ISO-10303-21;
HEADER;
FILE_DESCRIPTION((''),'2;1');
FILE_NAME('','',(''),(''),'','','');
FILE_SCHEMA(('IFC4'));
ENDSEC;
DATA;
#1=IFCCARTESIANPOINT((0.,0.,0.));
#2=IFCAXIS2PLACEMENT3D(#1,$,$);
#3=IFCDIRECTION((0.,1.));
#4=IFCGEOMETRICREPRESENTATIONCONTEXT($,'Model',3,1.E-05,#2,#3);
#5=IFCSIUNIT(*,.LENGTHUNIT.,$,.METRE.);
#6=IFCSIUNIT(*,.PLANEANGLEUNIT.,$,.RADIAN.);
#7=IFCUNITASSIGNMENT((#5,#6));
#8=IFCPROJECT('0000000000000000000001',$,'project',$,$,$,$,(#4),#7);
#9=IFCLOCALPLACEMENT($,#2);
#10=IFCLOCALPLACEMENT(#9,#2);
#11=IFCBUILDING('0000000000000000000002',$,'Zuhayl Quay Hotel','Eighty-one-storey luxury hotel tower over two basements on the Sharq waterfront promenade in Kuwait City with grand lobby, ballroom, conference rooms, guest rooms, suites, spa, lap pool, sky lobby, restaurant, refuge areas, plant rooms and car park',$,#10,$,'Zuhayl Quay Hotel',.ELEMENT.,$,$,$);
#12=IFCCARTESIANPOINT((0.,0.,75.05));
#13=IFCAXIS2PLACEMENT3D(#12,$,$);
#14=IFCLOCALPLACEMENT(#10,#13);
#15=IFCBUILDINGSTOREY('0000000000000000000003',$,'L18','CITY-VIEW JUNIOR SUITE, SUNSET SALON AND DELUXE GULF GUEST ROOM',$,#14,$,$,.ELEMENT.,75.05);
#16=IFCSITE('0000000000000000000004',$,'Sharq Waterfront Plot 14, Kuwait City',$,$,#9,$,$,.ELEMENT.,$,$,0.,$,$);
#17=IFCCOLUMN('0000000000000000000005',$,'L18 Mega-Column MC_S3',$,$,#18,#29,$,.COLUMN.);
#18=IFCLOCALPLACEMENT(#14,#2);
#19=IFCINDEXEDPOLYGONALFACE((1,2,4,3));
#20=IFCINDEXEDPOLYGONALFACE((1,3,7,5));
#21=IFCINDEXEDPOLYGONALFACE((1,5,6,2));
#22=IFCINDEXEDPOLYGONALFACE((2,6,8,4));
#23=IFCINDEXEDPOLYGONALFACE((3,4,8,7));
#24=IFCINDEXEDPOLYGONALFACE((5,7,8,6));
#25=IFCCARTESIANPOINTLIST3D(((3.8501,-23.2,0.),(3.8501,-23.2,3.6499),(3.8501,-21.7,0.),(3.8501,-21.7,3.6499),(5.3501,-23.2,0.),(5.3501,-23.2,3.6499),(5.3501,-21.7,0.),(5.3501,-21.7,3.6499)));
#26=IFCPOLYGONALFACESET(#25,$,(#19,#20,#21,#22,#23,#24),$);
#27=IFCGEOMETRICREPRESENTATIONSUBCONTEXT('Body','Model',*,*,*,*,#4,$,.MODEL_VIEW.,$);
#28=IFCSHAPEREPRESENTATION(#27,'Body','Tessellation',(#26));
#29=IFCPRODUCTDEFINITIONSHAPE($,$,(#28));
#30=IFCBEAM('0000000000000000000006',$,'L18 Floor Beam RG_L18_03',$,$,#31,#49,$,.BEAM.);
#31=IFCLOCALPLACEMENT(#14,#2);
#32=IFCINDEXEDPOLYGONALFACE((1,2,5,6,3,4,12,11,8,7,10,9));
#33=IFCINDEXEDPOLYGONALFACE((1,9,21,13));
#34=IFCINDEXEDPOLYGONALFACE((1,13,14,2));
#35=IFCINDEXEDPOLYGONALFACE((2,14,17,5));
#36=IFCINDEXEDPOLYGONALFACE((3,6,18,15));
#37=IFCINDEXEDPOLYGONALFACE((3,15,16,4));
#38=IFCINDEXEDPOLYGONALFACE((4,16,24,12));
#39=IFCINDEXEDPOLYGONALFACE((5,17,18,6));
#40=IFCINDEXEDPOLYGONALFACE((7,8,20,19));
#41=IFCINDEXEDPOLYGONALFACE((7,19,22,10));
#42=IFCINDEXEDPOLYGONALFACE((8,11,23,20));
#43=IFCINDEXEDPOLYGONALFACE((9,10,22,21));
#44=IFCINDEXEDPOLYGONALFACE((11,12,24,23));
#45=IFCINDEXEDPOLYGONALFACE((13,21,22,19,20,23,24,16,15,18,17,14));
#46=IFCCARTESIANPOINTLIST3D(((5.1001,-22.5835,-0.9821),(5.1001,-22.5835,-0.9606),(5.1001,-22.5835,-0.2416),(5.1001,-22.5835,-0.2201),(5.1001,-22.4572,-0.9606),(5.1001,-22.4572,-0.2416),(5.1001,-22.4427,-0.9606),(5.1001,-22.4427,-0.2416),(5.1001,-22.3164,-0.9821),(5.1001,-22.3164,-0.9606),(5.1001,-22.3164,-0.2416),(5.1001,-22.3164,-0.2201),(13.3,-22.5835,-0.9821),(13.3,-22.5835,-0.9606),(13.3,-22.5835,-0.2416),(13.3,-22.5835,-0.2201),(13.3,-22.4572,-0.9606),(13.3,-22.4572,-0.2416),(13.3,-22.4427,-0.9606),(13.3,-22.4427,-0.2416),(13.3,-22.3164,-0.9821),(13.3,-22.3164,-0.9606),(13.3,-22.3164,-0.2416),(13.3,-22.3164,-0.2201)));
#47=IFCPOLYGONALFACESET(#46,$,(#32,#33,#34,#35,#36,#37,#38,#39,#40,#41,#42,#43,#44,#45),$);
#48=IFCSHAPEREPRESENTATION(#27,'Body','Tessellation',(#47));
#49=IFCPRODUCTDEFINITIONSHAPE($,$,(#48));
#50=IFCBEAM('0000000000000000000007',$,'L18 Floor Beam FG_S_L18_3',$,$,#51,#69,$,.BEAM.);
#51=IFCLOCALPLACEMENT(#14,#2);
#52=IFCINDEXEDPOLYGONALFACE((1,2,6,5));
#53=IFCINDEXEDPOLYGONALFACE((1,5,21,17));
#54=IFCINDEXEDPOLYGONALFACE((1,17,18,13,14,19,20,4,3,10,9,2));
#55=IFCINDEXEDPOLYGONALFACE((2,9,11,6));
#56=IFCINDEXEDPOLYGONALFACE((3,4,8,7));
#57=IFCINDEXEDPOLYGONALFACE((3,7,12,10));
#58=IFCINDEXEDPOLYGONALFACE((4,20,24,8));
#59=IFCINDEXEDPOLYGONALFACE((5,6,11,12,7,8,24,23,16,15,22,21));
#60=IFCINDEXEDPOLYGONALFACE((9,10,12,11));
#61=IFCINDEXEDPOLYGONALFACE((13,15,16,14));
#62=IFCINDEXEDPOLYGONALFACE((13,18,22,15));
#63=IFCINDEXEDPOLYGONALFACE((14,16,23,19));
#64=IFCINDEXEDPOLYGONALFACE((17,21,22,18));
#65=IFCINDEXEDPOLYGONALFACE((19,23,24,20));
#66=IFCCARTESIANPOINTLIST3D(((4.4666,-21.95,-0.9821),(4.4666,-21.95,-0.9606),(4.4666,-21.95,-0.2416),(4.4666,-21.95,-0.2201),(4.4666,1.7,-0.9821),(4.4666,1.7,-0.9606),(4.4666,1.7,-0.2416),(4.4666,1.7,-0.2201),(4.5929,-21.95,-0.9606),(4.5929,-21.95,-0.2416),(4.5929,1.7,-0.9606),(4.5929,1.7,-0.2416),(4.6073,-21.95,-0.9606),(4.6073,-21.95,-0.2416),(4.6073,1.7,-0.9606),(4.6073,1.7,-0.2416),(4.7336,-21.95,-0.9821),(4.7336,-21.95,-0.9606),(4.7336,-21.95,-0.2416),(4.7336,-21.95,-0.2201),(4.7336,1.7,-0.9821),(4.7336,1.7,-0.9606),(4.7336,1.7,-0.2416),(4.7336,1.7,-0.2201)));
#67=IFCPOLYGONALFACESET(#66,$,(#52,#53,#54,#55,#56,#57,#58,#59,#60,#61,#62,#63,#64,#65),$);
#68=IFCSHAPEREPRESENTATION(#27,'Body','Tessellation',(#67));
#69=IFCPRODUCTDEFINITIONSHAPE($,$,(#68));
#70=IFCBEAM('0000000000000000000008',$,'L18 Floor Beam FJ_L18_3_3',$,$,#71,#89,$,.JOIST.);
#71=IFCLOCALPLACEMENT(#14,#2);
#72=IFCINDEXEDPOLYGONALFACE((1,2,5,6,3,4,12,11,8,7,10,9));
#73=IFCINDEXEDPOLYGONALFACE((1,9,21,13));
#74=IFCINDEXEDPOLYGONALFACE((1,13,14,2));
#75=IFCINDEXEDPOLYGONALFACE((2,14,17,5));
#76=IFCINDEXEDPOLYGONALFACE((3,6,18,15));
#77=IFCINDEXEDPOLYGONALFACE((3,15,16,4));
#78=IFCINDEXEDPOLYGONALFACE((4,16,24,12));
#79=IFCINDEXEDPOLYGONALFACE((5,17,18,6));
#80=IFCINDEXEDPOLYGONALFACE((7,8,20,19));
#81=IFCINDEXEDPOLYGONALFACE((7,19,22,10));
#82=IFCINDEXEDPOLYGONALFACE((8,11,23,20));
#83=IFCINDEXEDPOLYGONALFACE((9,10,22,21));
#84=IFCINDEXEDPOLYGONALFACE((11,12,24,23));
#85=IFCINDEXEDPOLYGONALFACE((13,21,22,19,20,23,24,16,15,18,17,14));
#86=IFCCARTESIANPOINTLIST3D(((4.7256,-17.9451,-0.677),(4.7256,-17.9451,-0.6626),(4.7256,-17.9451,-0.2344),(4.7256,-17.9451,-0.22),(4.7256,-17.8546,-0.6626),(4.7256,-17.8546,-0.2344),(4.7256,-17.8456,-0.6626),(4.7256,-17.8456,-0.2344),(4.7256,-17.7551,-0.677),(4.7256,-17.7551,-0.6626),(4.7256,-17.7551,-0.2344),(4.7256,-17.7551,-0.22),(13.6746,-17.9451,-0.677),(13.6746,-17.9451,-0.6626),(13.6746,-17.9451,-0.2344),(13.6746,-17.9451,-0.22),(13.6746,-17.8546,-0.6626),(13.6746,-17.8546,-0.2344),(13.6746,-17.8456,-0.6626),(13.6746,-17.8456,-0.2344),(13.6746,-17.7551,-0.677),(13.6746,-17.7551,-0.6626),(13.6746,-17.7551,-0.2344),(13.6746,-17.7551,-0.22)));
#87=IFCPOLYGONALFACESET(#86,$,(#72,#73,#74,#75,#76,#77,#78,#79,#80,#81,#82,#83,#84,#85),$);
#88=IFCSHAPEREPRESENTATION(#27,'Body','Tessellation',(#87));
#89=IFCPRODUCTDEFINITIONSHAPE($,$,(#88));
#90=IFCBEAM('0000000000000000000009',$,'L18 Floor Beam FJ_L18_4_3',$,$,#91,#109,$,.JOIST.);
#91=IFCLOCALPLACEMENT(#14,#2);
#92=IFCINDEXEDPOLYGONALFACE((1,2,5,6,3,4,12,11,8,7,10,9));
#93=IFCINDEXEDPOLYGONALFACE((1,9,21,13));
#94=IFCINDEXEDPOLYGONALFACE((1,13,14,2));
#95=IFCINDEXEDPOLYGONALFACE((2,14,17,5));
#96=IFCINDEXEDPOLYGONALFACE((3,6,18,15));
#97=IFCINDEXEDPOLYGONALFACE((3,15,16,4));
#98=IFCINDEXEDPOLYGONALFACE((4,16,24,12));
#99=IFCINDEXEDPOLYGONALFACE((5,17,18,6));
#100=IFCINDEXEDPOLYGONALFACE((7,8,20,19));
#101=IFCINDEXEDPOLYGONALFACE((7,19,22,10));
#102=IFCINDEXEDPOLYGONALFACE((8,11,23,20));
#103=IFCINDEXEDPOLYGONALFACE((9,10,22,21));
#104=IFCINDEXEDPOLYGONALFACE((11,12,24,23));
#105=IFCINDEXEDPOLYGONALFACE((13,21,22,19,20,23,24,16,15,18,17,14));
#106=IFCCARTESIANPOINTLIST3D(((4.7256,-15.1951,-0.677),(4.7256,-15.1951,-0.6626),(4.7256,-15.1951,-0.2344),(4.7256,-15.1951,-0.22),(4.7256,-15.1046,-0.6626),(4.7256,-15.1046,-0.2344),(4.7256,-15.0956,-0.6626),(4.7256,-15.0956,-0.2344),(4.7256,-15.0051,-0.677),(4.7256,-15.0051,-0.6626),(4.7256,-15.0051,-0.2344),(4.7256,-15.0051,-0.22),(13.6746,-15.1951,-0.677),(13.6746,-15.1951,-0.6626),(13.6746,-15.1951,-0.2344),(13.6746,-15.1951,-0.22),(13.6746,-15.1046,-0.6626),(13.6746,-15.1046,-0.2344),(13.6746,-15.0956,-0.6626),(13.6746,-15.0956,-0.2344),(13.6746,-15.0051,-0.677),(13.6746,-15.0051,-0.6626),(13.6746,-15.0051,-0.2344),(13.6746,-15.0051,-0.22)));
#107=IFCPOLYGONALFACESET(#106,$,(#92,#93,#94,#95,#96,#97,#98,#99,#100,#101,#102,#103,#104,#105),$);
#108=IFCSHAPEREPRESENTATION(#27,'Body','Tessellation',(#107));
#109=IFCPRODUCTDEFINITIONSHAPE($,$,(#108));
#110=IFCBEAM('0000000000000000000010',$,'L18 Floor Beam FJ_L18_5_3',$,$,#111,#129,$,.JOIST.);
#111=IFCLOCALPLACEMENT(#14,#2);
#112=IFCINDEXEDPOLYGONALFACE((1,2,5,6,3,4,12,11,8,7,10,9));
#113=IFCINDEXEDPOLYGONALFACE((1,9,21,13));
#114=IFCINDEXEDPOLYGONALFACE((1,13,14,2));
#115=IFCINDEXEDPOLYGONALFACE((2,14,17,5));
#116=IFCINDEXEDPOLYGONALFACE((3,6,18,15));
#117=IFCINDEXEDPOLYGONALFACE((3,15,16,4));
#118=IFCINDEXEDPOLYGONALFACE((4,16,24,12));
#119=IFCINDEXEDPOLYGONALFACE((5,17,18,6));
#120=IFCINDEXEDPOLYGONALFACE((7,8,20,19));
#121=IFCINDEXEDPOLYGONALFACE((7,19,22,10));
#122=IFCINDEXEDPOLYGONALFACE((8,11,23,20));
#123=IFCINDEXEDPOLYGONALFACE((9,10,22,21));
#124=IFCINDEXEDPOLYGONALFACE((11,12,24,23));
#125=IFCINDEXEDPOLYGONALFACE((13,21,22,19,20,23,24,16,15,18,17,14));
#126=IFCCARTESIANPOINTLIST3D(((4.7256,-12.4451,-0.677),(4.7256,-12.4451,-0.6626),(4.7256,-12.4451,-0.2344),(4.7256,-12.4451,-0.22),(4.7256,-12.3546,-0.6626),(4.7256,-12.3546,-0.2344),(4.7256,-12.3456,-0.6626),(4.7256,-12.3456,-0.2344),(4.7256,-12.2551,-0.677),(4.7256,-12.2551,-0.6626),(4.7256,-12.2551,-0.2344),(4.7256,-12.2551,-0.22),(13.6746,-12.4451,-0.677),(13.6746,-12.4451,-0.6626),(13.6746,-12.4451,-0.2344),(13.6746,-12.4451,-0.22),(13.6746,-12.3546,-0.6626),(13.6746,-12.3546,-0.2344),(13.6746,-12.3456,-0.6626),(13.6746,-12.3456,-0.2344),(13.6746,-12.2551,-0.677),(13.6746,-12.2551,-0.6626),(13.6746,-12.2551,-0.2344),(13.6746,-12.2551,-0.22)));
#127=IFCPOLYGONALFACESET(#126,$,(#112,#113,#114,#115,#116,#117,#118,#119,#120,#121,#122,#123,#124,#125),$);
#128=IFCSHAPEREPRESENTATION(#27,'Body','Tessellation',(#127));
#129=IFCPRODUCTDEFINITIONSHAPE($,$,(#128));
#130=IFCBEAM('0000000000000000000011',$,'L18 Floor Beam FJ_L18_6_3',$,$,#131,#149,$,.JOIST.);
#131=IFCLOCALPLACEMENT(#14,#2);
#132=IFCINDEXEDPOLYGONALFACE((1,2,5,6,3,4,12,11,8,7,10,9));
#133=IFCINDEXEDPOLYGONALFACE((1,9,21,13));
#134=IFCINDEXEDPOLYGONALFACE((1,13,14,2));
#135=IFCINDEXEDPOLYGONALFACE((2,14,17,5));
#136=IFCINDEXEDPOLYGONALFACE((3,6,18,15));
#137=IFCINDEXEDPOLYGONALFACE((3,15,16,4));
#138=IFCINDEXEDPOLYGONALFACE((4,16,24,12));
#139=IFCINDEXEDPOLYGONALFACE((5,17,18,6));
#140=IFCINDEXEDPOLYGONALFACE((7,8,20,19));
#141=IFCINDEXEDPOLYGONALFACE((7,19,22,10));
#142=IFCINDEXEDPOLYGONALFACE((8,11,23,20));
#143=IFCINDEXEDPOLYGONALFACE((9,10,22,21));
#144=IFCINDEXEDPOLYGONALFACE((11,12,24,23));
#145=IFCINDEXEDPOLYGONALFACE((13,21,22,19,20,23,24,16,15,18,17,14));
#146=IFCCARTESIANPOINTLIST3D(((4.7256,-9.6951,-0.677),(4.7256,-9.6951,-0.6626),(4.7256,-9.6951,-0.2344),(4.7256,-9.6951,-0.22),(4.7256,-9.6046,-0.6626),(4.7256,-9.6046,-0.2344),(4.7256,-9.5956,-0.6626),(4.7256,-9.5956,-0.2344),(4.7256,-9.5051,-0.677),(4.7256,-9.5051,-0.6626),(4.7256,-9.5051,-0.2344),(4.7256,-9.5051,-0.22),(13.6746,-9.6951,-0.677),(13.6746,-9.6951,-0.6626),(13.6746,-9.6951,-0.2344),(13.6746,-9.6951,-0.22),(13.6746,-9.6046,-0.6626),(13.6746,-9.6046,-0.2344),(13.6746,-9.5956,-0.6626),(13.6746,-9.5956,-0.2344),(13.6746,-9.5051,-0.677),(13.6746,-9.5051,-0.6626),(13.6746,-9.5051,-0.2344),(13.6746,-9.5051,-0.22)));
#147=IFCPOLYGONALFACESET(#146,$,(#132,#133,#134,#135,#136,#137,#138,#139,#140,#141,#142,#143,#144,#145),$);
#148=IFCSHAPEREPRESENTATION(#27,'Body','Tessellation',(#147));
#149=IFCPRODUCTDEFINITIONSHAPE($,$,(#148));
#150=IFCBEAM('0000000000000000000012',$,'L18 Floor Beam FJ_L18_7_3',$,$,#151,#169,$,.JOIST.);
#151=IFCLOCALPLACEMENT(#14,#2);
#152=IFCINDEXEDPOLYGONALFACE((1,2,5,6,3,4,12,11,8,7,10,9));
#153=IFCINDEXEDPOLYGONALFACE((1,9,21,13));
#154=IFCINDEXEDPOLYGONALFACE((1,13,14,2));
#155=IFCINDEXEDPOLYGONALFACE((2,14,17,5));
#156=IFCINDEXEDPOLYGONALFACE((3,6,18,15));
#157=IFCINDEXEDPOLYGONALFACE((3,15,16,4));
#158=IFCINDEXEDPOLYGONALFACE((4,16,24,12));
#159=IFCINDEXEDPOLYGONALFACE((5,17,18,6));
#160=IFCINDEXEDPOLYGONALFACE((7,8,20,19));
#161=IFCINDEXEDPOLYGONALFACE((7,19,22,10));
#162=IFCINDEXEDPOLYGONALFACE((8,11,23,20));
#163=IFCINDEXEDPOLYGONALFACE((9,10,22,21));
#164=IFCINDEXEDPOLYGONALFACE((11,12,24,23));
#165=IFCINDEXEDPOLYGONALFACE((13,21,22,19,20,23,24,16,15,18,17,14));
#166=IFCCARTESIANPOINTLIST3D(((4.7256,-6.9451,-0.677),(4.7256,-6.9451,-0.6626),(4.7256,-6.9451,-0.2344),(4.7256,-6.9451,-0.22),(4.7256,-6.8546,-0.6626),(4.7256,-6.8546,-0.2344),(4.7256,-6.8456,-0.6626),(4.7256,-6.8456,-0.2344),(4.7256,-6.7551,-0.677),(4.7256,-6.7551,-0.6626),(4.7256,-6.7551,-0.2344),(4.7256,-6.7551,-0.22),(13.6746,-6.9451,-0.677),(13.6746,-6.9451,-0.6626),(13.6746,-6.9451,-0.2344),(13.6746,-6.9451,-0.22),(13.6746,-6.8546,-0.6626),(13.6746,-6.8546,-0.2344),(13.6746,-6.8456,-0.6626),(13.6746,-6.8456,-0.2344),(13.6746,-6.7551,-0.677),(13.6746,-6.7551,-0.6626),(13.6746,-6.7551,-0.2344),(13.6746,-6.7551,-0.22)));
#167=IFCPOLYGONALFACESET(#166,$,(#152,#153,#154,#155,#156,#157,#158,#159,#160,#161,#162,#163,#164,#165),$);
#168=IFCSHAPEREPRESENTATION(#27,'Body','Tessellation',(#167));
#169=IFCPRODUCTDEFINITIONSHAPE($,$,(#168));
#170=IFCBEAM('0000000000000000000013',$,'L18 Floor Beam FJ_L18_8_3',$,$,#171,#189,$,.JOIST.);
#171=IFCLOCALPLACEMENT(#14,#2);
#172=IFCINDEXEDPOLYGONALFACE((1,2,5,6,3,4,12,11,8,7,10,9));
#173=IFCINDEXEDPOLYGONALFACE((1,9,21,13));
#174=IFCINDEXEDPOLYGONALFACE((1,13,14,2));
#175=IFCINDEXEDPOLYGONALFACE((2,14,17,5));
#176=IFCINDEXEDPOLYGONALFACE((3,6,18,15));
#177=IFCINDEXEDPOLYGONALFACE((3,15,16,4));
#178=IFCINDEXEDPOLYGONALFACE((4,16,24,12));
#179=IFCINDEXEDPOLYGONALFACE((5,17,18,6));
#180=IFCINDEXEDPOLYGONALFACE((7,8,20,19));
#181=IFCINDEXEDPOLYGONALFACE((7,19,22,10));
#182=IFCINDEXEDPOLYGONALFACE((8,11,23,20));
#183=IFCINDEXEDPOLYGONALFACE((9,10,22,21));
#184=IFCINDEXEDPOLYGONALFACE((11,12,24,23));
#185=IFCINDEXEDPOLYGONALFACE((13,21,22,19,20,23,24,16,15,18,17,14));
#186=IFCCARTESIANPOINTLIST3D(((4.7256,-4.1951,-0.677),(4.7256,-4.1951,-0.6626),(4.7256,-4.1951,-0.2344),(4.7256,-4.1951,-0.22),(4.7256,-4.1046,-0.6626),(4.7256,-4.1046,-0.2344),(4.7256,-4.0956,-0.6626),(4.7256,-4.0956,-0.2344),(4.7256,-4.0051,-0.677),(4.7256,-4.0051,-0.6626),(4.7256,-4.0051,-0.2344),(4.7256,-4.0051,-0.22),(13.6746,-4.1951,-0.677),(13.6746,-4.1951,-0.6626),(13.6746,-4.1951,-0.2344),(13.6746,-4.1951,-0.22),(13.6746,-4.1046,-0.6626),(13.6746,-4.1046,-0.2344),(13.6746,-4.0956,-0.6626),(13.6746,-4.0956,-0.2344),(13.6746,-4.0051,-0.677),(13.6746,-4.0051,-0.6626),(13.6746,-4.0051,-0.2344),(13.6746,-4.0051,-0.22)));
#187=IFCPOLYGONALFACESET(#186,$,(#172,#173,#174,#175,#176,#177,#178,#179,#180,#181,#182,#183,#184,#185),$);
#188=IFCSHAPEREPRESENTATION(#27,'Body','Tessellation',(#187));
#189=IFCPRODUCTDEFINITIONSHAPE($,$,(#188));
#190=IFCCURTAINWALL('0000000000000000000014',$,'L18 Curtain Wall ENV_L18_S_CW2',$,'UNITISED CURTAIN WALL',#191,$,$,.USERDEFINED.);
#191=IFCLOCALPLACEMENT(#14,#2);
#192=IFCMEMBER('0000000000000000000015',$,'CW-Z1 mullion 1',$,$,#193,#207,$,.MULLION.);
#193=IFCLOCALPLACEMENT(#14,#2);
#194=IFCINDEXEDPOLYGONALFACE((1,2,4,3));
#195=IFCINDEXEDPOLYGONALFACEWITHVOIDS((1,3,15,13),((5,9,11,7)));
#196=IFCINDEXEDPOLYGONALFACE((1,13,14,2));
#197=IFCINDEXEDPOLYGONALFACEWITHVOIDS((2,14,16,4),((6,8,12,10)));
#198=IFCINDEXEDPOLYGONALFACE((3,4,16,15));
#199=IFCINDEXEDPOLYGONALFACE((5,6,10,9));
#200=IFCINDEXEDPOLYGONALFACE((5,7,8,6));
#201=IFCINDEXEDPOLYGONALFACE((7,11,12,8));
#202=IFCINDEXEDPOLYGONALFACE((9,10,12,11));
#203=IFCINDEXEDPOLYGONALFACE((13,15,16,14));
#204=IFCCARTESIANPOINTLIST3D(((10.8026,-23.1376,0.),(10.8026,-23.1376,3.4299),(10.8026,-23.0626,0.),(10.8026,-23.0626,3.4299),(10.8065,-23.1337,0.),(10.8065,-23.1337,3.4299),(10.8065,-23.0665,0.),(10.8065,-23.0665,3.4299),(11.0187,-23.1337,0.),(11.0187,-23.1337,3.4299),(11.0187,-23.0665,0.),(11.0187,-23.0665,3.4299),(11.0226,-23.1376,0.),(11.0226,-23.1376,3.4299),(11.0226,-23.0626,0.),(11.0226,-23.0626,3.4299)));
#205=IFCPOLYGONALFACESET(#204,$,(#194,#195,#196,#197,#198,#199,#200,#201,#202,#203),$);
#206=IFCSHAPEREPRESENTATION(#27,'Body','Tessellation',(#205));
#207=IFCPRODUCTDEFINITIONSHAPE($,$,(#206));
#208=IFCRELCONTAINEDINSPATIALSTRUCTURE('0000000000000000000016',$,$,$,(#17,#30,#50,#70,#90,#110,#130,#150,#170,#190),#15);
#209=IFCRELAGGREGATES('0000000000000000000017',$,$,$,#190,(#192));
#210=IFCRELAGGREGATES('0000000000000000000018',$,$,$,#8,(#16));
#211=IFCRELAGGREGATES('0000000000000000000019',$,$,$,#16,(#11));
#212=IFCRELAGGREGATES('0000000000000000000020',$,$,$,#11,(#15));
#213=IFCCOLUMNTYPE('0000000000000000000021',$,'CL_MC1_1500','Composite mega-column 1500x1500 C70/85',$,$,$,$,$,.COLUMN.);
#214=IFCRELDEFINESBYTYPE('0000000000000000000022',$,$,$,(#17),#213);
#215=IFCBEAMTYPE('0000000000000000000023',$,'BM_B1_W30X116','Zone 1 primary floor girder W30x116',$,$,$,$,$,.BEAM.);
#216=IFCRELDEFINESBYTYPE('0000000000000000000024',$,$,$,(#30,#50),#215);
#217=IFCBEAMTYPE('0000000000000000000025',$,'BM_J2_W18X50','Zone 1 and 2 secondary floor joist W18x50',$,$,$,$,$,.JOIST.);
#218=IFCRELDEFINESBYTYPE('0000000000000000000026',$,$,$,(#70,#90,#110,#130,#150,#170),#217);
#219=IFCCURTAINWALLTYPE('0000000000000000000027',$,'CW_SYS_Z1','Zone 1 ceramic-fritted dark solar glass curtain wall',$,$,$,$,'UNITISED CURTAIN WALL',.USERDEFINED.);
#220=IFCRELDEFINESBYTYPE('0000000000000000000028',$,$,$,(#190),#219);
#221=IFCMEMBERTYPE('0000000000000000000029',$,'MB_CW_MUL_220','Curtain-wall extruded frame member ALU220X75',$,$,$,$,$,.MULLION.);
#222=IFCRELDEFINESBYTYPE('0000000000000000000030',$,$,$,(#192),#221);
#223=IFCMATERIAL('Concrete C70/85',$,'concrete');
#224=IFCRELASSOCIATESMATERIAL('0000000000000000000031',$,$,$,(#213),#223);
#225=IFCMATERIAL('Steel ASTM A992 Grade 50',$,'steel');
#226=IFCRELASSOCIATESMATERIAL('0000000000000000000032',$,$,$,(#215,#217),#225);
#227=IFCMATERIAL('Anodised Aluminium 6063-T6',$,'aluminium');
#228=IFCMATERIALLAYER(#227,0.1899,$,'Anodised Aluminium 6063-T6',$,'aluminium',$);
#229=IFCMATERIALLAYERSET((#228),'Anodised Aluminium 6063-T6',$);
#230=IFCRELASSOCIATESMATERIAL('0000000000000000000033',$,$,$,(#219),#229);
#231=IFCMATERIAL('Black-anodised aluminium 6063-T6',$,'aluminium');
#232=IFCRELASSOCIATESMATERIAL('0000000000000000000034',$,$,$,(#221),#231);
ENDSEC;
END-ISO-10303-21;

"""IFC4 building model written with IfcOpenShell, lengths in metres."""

from ifc_helpers import new_model, si_unit, direction, frame, origin, origin_2d, place, context, subcontext, project, spatial, rectangle, hollow_rectangle, i_section, extrude, material, layer, layer_set, material_profile, profile_set, type_object, element, aggregate, save


model = new_model("IFC4")

# Units and contexts
model_context = context("Model", 3, precision=1e-05, world=origin(), true_north=direction((0.0, 1.0)))
body_context = subcontext(model_context, "Body", "Model", "MODEL_VIEW")
ifc_project = project(units=[si_unit("LENGTHUNIT", "METRE"), si_unit("PLANEANGLEUNIT", "RADIAN")], contexts=[model_context])

# Site, building, storey
site_placement = place(None, origin())
site = spatial("IfcSite", under=ifc_project, at=site_placement, Name="Sharq Waterfront Plot 14, Kuwait City", CompositionType="ELEMENT", RefElevation=0.0)
building_placement = place(site_placement, origin())
building = spatial("IfcBuilding", under=site, at=building_placement, Name="Zuhayl Quay Hotel", Description="Eighty-one-storey luxury hotel tower over two basements on the Sharq waterfront promenade in Kuwait City with grand lobby, ballroom, conference rooms, guest rooms, suites, spa, lap pool, sky lobby, restaurant, refuge areas, plant rooms and car park", LongName="Zuhayl Quay Hotel", CompositionType="ELEMENT")
storey_placement = place(building_placement, frame((0.0, 0.0, 75.05)))
storey = spatial("IfcBuildingStorey", under=building, at=storey_placement, Name="L18", Description="CITY-VIEW JUNIOR SUITE, SUNSET SALON AND DELUXE GULF GUEST ROOM", CompositionType="ELEMENT", Elevation=75.05)

# Column
ifc_material_1 = material(Name="Concrete C70/85", Category="concrete")
ifc_material_profile_1 = material_profile(ifc_material_1, rectangle(XDim=1.5, YDim=1.5, at=origin_2d()), Name="RC1500X1500")
ifc_profile_set_1 = profile_set([ifc_material_profile_1], Name="Concrete C70/85")
column_type = type_object("IfcColumnType", Name="CL_MC1_1500", Description="Composite mega-column 1500x1500 C70/85", PredefinedType="COLUMN", material=ifc_profile_set_1)
column_placement = place(storey_placement, frame((4.6001, -22.45, 0.0), z_axis=(0.0, 0.0, 1.0), x_axis=(1.0, 0.0, 0.0)))
element("IfcColumn", 1, at=column_placement, inside=storey, type_object=column_type, Name="L18 Mega-Column MC_S3", PredefinedType="COLUMN", context=body_context, shape_type="SweptSolid", body=[
    extrude(rectangle(XDim=1.5, YDim=1.5, at=origin_2d()), origin(), (0.0, 0.0, 1.0), 3.6499),
])

# Beams
ifc_material_2 = material(Name="Steel ASTM A992 Grade 50", Category="steel")
ifc_material_profile_2 = material_profile(ifc_material_2, i_section(OverallWidth=0.2671, OverallDepth=0.762, WebThickness=0.0144, FlangeThickness=0.0215, at=origin_2d()), Name="W30X116")
ifc_profile_set_2 = profile_set([ifc_material_profile_2], Name="Steel ASTM A992 Grade 50")
beam_type_1 = type_object("IfcBeamType", Name="BM_B1_W30X116", Description="Zone 1 primary floor girder W30x116", PredefinedType="BEAM", material=ifc_profile_set_2)
beam_1_placement = place(storey_placement, frame((5.1001, -22.45, -0.6011), z_axis=(1.0, 0.0, 0.0), x_axis=(0.0, 1.0, 0.0)))
element("IfcBeam", 2, at=beam_1_placement, inside=storey, type_object=beam_type_1, Name="L18 Floor Beam RG_L18_03", PredefinedType="BEAM", context=body_context, shape_type="SweptSolid", body=[
    extrude(i_section(OverallWidth=0.2671, OverallDepth=0.762, WebThickness=0.0144, FlangeThickness=0.0215, at=origin_2d()), origin(), (0.0, 0.0, 1.0), 8.2),
])
beam_2_placement = place(storey_placement, frame((4.6001, -21.95, -0.6011), z_axis=(0.0, 1.0, 0.0), x_axis=(-1.0, 0.0, 0.0)))
element("IfcBeam", 3, at=beam_2_placement, inside=storey, type_object=beam_type_1, Name="L18 Floor Beam FG_S_L18_3", PredefinedType="BEAM", context=body_context, shape_type="SweptSolid", body=[
    extrude(i_section(OverallWidth=0.2671, OverallDepth=0.762, WebThickness=0.0144, FlangeThickness=0.0215, at=origin_2d()), origin(), (0.0, 0.0, 1.0), 23.6499),
])
ifc_material_profile_3 = material_profile(ifc_material_2, i_section(OverallWidth=0.1899, OverallDepth=0.457, WebThickness=0.009, FlangeThickness=0.0144, at=origin_2d()), Name="W18X50")
ifc_profile_set_3 = profile_set([ifc_material_profile_3], Name="Steel ASTM A992 Grade 50")
beam_type_2 = type_object("IfcBeamType", Name="BM_J2_W18X50", Description="Zone 1 and 2 secondary floor joist W18x50", PredefinedType="JOIST", material=ifc_profile_set_3)
for number, where, z_axis, x_axis, name in (
    (4, (4.7256, -17.8501, -0.4485), (1.0, 0.0, 0.0), (0.0, 1.0, 0.0), "L18 Floor Beam FJ_L18_3_3"),
    (5, (4.7256, -15.1001, -0.4485), (1.0, 0.0, 0.0), (0.0, 1.0, 0.0), "L18 Floor Beam FJ_L18_4_3"),
    (6, (4.7256, -12.3501, -0.4485), (1.0, 0.0, 0.0), (0.0, 1.0, 0.0), "L18 Floor Beam FJ_L18_5_3"),
    (7, (4.7256, -9.6001, -0.4485), (1.0, 0.0, 0.0), (0.0, 1.0, 0.0), "L18 Floor Beam FJ_L18_6_3"),
    (8, (4.7256, -6.8501, -0.4485), (1.0, 0.0, 0.0), (0.0, 1.0, 0.0), "L18 Floor Beam FJ_L18_7_3"),
    (9, (4.7256, -4.1001, -0.4485), (1.0, 0.0, 0.0), (0.0, 1.0, 0.0), "L18 Floor Beam FJ_L18_8_3"),
):
    element("IfcBeam", number, at=place(storey_placement, frame(where, z_axis=z_axis, x_axis=x_axis)), inside=storey, type_object=beam_type_2, Name=name, PredefinedType="JOIST", context=body_context, shape_type="SweptSolid", body=[
        extrude(i_section(OverallWidth=0.1899, OverallDepth=0.457, WebThickness=0.009, FlangeThickness=0.0144, at=origin_2d()), origin(), (0.0, 0.0, 1.0), 8.949),
    ])

# Curtain wall, member
ifc_material_3 = material(Name="Anodised Aluminium 6063-T6", Category="aluminium")
ifc_layer_1 = layer(ifc_material_3, 0.1899, Name="Anodised Aluminium 6063-T6", Category="aluminium")
ifc_layer_set_1 = layer_set([ifc_layer_1], Name="Anodised Aluminium 6063-T6")
curtain_wall_type = type_object("IfcCurtainWallType", Name="CW_SYS_Z1", Description="Zone 1 ceramic-fritted dark solar glass curtain wall", ElementType="UNITISED CURTAIN WALL", PredefinedType="USERDEFINED", material=ifc_layer_set_1)
curtain_wall_1_placement = place(storey_placement, origin())
curtain_wall_1 = element("IfcCurtainWall", 10, at=curtain_wall_1_placement, inside=storey, type_object=curtain_wall_type, Name="L18 Curtain Wall ENV_L18_S_CW2", ObjectType="UNITISED CURTAIN WALL", PredefinedType="USERDEFINED")
ifc_material_4 = material(Name="Black-anodised aluminium 6063-T6", Category="aluminium")
ifc_material_profile_4 = material_profile(ifc_material_4, hollow_rectangle(XDim=0.075, YDim=0.22, WallThickness=0.0039, at=origin_2d()), Name="ALU220X75")
ifc_profile_set_4 = profile_set([ifc_material_profile_4], Name="Black-anodised aluminium 6063-T6")
member_type_1 = type_object("IfcMemberType", Name="MB_CW_MUL_220", Description="Curtain-wall extruded frame member ALU220X75", PredefinedType="MULLION", material=ifc_profile_set_4)
member_1_placement = place(storey_placement, frame((10.9126, -23.1001, 0.0), z_axis=(0.0, 0.0, 1.0), x_axis=(0.0, -1.0, 0.0)))
member_1 = element("IfcMember", 11, at=member_1_placement, type_object=member_type_1, Name="CW-Z1 mullion 1", PredefinedType="MULLION", context=body_context, shape_type="SweptSolid", body=[
    extrude(hollow_rectangle(XDim=0.075, YDim=0.22, WallThickness=0.0039, at=origin_2d()), origin(), (0.0, 0.0, 1.0), 3.4299),
])

aggregate(curtain_wall_1, [member_1])

save(model, "model.ifc")
